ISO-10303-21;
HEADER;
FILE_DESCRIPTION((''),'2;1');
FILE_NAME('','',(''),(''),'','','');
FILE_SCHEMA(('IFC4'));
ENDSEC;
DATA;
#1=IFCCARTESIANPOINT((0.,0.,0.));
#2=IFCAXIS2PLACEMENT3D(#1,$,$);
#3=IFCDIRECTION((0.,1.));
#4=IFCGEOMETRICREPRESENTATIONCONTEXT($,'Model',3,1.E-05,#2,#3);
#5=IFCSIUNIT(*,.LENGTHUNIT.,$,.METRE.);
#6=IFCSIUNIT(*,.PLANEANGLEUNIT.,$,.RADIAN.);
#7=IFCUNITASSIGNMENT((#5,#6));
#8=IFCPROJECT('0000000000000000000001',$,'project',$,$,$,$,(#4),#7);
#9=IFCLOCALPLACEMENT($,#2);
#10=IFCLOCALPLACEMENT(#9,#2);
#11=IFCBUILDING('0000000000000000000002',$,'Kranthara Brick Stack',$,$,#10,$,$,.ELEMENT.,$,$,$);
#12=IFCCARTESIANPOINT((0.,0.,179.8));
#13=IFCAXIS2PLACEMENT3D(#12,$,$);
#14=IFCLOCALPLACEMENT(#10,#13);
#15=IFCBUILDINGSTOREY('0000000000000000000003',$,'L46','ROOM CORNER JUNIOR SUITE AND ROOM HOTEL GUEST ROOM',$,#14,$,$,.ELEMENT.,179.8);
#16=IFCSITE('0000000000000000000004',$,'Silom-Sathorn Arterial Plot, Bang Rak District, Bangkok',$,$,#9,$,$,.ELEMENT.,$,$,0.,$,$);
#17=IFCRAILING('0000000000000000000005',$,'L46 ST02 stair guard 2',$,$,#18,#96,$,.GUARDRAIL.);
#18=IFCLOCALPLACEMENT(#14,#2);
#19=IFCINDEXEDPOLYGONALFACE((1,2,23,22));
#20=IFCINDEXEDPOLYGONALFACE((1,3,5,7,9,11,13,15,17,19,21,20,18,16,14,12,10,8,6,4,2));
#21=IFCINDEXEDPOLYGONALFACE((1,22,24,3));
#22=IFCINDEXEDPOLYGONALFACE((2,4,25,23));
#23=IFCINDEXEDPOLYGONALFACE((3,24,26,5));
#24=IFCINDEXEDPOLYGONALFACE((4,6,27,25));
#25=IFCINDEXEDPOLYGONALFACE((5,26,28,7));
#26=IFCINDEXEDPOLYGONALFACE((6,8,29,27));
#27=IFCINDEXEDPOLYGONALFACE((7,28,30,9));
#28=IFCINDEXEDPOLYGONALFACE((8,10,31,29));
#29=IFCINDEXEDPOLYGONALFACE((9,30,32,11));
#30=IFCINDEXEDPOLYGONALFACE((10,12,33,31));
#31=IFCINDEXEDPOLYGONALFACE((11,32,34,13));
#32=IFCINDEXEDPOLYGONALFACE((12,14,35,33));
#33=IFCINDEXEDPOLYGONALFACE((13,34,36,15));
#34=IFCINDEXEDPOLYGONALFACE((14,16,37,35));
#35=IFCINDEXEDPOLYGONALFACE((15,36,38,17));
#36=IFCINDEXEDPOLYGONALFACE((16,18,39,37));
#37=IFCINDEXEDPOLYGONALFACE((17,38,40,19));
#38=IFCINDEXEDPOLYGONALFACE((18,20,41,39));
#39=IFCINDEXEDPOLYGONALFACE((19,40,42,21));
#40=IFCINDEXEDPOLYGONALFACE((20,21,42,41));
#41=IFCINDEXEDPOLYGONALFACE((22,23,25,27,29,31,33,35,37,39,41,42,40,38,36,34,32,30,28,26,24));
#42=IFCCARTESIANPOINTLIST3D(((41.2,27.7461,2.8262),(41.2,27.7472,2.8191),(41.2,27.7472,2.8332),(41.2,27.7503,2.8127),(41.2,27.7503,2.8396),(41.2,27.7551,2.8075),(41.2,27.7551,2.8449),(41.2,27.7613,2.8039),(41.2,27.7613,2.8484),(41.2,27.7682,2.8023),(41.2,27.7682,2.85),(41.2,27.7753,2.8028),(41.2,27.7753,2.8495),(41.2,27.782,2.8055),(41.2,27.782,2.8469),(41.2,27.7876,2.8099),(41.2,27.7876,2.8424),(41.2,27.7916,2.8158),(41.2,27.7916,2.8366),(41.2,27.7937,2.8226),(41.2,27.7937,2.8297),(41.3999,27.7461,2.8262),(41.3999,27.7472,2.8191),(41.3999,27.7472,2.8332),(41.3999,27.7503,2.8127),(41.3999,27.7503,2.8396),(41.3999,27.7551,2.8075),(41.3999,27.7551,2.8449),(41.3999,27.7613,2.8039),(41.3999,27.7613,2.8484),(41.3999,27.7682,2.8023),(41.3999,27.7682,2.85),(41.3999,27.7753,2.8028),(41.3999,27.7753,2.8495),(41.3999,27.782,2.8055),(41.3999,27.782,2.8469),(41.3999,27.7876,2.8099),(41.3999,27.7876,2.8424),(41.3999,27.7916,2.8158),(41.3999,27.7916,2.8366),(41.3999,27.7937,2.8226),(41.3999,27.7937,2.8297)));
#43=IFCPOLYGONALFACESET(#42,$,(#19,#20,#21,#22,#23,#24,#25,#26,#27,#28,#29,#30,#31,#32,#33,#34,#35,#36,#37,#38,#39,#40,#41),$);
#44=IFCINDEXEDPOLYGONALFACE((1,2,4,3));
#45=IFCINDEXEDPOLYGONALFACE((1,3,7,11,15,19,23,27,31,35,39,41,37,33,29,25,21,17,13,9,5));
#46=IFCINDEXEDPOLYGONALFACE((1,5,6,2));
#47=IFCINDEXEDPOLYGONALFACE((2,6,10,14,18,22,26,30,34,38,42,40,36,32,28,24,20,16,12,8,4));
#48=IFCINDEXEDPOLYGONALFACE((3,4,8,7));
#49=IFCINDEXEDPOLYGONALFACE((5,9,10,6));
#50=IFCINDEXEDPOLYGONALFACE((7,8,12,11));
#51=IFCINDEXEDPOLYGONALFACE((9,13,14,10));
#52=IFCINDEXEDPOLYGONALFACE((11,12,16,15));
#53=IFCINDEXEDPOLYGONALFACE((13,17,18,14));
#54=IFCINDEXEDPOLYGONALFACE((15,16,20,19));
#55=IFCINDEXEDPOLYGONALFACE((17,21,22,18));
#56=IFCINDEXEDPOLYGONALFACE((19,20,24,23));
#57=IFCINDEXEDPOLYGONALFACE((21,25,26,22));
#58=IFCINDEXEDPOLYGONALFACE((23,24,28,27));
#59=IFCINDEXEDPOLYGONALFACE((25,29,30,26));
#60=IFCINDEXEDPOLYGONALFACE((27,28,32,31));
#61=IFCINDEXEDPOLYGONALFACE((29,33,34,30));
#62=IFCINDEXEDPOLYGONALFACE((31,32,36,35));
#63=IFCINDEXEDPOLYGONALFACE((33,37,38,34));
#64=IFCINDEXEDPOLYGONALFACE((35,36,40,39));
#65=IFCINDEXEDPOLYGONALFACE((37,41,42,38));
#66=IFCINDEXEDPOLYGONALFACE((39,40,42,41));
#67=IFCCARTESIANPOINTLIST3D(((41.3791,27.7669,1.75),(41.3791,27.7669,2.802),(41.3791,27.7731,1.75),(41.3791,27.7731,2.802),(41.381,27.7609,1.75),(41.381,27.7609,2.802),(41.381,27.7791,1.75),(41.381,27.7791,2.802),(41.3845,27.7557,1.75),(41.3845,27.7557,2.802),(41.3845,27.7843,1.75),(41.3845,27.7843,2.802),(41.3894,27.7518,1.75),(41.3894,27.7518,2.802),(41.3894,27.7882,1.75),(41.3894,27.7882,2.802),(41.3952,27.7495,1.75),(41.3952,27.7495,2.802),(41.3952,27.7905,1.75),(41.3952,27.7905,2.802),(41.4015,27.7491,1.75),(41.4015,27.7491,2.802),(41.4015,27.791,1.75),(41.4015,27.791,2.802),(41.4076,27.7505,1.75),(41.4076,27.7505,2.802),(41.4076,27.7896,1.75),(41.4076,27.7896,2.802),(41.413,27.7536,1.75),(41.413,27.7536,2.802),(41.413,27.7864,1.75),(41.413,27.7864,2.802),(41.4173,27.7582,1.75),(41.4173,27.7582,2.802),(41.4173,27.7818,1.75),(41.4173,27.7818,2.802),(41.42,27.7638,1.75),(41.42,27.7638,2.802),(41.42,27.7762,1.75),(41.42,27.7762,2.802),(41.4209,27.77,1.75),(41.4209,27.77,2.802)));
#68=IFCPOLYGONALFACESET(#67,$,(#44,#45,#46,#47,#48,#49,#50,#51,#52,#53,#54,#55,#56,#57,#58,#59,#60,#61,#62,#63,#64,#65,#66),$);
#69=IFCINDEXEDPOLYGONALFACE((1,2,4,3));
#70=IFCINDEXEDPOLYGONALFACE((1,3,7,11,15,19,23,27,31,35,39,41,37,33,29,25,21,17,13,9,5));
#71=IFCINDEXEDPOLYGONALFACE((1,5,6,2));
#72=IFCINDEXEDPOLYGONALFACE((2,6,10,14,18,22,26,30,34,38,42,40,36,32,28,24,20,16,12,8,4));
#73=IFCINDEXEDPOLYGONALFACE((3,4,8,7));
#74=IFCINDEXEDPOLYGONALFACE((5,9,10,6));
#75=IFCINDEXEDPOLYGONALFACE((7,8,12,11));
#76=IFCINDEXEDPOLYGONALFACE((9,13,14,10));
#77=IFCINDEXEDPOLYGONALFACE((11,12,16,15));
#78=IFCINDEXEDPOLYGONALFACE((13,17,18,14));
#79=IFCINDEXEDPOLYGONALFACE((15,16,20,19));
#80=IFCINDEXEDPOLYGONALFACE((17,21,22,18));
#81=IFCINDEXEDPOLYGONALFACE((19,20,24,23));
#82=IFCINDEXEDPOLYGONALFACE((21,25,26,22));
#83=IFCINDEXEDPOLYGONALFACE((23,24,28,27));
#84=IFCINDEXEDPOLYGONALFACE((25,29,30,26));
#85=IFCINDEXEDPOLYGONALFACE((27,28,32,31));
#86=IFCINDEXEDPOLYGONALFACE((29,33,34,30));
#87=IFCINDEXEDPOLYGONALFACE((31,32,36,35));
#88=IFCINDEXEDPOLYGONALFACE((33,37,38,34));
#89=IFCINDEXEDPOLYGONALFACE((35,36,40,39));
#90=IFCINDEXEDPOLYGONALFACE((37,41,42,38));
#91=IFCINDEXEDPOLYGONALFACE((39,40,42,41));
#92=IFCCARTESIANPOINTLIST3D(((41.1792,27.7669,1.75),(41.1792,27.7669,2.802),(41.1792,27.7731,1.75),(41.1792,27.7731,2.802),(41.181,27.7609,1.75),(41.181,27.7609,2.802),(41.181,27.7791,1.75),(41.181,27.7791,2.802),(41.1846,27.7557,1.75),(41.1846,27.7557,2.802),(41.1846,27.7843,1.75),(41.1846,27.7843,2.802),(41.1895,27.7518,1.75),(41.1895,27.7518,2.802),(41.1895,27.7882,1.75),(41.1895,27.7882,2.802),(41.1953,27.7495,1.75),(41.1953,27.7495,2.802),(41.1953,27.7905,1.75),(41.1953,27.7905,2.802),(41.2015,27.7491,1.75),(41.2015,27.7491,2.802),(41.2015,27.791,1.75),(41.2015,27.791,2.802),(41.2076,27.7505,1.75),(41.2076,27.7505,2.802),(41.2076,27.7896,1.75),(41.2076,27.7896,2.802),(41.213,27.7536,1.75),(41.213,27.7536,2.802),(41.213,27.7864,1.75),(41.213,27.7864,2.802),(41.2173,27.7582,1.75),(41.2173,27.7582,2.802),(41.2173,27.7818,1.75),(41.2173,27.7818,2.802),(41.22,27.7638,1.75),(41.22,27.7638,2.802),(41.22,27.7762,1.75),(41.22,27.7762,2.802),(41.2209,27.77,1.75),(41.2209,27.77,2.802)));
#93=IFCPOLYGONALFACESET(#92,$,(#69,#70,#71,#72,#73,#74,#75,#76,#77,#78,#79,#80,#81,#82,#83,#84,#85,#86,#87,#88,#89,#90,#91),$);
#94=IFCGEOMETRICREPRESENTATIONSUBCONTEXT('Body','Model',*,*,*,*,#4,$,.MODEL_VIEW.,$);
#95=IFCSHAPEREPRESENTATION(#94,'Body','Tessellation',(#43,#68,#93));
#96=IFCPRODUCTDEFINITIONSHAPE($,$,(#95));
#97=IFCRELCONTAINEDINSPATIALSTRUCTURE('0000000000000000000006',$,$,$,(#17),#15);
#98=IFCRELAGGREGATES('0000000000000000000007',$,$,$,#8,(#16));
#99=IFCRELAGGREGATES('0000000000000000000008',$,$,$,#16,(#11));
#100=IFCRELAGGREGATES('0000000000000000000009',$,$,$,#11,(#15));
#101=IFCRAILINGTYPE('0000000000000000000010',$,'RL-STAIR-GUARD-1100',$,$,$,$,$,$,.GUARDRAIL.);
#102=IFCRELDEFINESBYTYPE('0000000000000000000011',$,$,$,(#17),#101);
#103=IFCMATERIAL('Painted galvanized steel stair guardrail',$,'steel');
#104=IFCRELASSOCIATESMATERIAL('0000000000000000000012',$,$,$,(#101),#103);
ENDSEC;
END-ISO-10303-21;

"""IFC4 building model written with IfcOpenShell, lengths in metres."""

from ifc_helpers import new_model, si_unit, direction, frame, origin, origin_2d, place, context, subcontext, project, spatial, circle, extrude, material, type_object, element, save


model = new_model("IFC4")

# Units and contexts
model_context = context("Model", 3, precision=1e-05, world=origin(), true_north=direction((0.0, 1.0)))
body_context = subcontext(model_context, "Body", "Model", "MODEL_VIEW")
ifc_project = project(units=[si_unit("LENGTHUNIT", "METRE"), si_unit("PLANEANGLEUNIT", "RADIAN")], contexts=[model_context])

# Site, building, storey
site_placement = place(None, origin())
site = spatial("IfcSite", under=ifc_project, at=site_placement, Name="Silom-Sathorn Arterial Plot, Bang Rak District, Bangkok", CompositionType="ELEMENT", RefElevation=0.0)
building_placement = place(site_placement, origin())
building = spatial("IfcBuilding", under=site, at=building_placement, Name="Kranthara Brick Stack", CompositionType="ELEMENT")
storey_placement = place(building_placement, frame((0.0, 0.0, 179.8)))
storey = spatial("IfcBuildingStorey", under=building, at=storey_placement, Name="L46", Description="ROOM CORNER JUNIOR SUITE AND ROOM HOTEL GUEST ROOM", CompositionType="ELEMENT", Elevation=179.8)

# Railing
ifc_material_1 = material(Name="Painted galvanized steel stair guardrail", Category="steel")
railing_type_1 = type_object("IfcRailingType", Name="RL-STAIR-GUARD-1100", PredefinedType="GUARDRAIL", material=ifc_material_1)
railing_1_placement = place(storey_placement, frame((41.3999, 27.77, 1.75)))
element("IfcRailing", 1, at=railing_1_placement, inside=storey, type_object=railing_type_1, Name="L46 ST02 stair guard 2", PredefinedType="GUARDRAIL", context=body_context, shape_type="SweptSolid", body=[
    extrude(circle(Radius=0.0239, at=origin_2d()), frame((0.0, 0.0, 1.0762), z_axis=(-1.0, 0.0, 0.0), x_axis=(0.0, -1.0, 0.0)), (0.0, 0.0, 1.0), 0.2),
    extrude(circle(Radius=0.021, at=origin_2d()), origin(), (0.0, 0.0, 1.0), 1.052),
    extrude(circle(Radius=0.021, at=origin_2d()), frame((-0.2, 0.0, 0.0)), (0.0, 0.0, 1.0), 1.052),
])

save(model, "model.ifc")
